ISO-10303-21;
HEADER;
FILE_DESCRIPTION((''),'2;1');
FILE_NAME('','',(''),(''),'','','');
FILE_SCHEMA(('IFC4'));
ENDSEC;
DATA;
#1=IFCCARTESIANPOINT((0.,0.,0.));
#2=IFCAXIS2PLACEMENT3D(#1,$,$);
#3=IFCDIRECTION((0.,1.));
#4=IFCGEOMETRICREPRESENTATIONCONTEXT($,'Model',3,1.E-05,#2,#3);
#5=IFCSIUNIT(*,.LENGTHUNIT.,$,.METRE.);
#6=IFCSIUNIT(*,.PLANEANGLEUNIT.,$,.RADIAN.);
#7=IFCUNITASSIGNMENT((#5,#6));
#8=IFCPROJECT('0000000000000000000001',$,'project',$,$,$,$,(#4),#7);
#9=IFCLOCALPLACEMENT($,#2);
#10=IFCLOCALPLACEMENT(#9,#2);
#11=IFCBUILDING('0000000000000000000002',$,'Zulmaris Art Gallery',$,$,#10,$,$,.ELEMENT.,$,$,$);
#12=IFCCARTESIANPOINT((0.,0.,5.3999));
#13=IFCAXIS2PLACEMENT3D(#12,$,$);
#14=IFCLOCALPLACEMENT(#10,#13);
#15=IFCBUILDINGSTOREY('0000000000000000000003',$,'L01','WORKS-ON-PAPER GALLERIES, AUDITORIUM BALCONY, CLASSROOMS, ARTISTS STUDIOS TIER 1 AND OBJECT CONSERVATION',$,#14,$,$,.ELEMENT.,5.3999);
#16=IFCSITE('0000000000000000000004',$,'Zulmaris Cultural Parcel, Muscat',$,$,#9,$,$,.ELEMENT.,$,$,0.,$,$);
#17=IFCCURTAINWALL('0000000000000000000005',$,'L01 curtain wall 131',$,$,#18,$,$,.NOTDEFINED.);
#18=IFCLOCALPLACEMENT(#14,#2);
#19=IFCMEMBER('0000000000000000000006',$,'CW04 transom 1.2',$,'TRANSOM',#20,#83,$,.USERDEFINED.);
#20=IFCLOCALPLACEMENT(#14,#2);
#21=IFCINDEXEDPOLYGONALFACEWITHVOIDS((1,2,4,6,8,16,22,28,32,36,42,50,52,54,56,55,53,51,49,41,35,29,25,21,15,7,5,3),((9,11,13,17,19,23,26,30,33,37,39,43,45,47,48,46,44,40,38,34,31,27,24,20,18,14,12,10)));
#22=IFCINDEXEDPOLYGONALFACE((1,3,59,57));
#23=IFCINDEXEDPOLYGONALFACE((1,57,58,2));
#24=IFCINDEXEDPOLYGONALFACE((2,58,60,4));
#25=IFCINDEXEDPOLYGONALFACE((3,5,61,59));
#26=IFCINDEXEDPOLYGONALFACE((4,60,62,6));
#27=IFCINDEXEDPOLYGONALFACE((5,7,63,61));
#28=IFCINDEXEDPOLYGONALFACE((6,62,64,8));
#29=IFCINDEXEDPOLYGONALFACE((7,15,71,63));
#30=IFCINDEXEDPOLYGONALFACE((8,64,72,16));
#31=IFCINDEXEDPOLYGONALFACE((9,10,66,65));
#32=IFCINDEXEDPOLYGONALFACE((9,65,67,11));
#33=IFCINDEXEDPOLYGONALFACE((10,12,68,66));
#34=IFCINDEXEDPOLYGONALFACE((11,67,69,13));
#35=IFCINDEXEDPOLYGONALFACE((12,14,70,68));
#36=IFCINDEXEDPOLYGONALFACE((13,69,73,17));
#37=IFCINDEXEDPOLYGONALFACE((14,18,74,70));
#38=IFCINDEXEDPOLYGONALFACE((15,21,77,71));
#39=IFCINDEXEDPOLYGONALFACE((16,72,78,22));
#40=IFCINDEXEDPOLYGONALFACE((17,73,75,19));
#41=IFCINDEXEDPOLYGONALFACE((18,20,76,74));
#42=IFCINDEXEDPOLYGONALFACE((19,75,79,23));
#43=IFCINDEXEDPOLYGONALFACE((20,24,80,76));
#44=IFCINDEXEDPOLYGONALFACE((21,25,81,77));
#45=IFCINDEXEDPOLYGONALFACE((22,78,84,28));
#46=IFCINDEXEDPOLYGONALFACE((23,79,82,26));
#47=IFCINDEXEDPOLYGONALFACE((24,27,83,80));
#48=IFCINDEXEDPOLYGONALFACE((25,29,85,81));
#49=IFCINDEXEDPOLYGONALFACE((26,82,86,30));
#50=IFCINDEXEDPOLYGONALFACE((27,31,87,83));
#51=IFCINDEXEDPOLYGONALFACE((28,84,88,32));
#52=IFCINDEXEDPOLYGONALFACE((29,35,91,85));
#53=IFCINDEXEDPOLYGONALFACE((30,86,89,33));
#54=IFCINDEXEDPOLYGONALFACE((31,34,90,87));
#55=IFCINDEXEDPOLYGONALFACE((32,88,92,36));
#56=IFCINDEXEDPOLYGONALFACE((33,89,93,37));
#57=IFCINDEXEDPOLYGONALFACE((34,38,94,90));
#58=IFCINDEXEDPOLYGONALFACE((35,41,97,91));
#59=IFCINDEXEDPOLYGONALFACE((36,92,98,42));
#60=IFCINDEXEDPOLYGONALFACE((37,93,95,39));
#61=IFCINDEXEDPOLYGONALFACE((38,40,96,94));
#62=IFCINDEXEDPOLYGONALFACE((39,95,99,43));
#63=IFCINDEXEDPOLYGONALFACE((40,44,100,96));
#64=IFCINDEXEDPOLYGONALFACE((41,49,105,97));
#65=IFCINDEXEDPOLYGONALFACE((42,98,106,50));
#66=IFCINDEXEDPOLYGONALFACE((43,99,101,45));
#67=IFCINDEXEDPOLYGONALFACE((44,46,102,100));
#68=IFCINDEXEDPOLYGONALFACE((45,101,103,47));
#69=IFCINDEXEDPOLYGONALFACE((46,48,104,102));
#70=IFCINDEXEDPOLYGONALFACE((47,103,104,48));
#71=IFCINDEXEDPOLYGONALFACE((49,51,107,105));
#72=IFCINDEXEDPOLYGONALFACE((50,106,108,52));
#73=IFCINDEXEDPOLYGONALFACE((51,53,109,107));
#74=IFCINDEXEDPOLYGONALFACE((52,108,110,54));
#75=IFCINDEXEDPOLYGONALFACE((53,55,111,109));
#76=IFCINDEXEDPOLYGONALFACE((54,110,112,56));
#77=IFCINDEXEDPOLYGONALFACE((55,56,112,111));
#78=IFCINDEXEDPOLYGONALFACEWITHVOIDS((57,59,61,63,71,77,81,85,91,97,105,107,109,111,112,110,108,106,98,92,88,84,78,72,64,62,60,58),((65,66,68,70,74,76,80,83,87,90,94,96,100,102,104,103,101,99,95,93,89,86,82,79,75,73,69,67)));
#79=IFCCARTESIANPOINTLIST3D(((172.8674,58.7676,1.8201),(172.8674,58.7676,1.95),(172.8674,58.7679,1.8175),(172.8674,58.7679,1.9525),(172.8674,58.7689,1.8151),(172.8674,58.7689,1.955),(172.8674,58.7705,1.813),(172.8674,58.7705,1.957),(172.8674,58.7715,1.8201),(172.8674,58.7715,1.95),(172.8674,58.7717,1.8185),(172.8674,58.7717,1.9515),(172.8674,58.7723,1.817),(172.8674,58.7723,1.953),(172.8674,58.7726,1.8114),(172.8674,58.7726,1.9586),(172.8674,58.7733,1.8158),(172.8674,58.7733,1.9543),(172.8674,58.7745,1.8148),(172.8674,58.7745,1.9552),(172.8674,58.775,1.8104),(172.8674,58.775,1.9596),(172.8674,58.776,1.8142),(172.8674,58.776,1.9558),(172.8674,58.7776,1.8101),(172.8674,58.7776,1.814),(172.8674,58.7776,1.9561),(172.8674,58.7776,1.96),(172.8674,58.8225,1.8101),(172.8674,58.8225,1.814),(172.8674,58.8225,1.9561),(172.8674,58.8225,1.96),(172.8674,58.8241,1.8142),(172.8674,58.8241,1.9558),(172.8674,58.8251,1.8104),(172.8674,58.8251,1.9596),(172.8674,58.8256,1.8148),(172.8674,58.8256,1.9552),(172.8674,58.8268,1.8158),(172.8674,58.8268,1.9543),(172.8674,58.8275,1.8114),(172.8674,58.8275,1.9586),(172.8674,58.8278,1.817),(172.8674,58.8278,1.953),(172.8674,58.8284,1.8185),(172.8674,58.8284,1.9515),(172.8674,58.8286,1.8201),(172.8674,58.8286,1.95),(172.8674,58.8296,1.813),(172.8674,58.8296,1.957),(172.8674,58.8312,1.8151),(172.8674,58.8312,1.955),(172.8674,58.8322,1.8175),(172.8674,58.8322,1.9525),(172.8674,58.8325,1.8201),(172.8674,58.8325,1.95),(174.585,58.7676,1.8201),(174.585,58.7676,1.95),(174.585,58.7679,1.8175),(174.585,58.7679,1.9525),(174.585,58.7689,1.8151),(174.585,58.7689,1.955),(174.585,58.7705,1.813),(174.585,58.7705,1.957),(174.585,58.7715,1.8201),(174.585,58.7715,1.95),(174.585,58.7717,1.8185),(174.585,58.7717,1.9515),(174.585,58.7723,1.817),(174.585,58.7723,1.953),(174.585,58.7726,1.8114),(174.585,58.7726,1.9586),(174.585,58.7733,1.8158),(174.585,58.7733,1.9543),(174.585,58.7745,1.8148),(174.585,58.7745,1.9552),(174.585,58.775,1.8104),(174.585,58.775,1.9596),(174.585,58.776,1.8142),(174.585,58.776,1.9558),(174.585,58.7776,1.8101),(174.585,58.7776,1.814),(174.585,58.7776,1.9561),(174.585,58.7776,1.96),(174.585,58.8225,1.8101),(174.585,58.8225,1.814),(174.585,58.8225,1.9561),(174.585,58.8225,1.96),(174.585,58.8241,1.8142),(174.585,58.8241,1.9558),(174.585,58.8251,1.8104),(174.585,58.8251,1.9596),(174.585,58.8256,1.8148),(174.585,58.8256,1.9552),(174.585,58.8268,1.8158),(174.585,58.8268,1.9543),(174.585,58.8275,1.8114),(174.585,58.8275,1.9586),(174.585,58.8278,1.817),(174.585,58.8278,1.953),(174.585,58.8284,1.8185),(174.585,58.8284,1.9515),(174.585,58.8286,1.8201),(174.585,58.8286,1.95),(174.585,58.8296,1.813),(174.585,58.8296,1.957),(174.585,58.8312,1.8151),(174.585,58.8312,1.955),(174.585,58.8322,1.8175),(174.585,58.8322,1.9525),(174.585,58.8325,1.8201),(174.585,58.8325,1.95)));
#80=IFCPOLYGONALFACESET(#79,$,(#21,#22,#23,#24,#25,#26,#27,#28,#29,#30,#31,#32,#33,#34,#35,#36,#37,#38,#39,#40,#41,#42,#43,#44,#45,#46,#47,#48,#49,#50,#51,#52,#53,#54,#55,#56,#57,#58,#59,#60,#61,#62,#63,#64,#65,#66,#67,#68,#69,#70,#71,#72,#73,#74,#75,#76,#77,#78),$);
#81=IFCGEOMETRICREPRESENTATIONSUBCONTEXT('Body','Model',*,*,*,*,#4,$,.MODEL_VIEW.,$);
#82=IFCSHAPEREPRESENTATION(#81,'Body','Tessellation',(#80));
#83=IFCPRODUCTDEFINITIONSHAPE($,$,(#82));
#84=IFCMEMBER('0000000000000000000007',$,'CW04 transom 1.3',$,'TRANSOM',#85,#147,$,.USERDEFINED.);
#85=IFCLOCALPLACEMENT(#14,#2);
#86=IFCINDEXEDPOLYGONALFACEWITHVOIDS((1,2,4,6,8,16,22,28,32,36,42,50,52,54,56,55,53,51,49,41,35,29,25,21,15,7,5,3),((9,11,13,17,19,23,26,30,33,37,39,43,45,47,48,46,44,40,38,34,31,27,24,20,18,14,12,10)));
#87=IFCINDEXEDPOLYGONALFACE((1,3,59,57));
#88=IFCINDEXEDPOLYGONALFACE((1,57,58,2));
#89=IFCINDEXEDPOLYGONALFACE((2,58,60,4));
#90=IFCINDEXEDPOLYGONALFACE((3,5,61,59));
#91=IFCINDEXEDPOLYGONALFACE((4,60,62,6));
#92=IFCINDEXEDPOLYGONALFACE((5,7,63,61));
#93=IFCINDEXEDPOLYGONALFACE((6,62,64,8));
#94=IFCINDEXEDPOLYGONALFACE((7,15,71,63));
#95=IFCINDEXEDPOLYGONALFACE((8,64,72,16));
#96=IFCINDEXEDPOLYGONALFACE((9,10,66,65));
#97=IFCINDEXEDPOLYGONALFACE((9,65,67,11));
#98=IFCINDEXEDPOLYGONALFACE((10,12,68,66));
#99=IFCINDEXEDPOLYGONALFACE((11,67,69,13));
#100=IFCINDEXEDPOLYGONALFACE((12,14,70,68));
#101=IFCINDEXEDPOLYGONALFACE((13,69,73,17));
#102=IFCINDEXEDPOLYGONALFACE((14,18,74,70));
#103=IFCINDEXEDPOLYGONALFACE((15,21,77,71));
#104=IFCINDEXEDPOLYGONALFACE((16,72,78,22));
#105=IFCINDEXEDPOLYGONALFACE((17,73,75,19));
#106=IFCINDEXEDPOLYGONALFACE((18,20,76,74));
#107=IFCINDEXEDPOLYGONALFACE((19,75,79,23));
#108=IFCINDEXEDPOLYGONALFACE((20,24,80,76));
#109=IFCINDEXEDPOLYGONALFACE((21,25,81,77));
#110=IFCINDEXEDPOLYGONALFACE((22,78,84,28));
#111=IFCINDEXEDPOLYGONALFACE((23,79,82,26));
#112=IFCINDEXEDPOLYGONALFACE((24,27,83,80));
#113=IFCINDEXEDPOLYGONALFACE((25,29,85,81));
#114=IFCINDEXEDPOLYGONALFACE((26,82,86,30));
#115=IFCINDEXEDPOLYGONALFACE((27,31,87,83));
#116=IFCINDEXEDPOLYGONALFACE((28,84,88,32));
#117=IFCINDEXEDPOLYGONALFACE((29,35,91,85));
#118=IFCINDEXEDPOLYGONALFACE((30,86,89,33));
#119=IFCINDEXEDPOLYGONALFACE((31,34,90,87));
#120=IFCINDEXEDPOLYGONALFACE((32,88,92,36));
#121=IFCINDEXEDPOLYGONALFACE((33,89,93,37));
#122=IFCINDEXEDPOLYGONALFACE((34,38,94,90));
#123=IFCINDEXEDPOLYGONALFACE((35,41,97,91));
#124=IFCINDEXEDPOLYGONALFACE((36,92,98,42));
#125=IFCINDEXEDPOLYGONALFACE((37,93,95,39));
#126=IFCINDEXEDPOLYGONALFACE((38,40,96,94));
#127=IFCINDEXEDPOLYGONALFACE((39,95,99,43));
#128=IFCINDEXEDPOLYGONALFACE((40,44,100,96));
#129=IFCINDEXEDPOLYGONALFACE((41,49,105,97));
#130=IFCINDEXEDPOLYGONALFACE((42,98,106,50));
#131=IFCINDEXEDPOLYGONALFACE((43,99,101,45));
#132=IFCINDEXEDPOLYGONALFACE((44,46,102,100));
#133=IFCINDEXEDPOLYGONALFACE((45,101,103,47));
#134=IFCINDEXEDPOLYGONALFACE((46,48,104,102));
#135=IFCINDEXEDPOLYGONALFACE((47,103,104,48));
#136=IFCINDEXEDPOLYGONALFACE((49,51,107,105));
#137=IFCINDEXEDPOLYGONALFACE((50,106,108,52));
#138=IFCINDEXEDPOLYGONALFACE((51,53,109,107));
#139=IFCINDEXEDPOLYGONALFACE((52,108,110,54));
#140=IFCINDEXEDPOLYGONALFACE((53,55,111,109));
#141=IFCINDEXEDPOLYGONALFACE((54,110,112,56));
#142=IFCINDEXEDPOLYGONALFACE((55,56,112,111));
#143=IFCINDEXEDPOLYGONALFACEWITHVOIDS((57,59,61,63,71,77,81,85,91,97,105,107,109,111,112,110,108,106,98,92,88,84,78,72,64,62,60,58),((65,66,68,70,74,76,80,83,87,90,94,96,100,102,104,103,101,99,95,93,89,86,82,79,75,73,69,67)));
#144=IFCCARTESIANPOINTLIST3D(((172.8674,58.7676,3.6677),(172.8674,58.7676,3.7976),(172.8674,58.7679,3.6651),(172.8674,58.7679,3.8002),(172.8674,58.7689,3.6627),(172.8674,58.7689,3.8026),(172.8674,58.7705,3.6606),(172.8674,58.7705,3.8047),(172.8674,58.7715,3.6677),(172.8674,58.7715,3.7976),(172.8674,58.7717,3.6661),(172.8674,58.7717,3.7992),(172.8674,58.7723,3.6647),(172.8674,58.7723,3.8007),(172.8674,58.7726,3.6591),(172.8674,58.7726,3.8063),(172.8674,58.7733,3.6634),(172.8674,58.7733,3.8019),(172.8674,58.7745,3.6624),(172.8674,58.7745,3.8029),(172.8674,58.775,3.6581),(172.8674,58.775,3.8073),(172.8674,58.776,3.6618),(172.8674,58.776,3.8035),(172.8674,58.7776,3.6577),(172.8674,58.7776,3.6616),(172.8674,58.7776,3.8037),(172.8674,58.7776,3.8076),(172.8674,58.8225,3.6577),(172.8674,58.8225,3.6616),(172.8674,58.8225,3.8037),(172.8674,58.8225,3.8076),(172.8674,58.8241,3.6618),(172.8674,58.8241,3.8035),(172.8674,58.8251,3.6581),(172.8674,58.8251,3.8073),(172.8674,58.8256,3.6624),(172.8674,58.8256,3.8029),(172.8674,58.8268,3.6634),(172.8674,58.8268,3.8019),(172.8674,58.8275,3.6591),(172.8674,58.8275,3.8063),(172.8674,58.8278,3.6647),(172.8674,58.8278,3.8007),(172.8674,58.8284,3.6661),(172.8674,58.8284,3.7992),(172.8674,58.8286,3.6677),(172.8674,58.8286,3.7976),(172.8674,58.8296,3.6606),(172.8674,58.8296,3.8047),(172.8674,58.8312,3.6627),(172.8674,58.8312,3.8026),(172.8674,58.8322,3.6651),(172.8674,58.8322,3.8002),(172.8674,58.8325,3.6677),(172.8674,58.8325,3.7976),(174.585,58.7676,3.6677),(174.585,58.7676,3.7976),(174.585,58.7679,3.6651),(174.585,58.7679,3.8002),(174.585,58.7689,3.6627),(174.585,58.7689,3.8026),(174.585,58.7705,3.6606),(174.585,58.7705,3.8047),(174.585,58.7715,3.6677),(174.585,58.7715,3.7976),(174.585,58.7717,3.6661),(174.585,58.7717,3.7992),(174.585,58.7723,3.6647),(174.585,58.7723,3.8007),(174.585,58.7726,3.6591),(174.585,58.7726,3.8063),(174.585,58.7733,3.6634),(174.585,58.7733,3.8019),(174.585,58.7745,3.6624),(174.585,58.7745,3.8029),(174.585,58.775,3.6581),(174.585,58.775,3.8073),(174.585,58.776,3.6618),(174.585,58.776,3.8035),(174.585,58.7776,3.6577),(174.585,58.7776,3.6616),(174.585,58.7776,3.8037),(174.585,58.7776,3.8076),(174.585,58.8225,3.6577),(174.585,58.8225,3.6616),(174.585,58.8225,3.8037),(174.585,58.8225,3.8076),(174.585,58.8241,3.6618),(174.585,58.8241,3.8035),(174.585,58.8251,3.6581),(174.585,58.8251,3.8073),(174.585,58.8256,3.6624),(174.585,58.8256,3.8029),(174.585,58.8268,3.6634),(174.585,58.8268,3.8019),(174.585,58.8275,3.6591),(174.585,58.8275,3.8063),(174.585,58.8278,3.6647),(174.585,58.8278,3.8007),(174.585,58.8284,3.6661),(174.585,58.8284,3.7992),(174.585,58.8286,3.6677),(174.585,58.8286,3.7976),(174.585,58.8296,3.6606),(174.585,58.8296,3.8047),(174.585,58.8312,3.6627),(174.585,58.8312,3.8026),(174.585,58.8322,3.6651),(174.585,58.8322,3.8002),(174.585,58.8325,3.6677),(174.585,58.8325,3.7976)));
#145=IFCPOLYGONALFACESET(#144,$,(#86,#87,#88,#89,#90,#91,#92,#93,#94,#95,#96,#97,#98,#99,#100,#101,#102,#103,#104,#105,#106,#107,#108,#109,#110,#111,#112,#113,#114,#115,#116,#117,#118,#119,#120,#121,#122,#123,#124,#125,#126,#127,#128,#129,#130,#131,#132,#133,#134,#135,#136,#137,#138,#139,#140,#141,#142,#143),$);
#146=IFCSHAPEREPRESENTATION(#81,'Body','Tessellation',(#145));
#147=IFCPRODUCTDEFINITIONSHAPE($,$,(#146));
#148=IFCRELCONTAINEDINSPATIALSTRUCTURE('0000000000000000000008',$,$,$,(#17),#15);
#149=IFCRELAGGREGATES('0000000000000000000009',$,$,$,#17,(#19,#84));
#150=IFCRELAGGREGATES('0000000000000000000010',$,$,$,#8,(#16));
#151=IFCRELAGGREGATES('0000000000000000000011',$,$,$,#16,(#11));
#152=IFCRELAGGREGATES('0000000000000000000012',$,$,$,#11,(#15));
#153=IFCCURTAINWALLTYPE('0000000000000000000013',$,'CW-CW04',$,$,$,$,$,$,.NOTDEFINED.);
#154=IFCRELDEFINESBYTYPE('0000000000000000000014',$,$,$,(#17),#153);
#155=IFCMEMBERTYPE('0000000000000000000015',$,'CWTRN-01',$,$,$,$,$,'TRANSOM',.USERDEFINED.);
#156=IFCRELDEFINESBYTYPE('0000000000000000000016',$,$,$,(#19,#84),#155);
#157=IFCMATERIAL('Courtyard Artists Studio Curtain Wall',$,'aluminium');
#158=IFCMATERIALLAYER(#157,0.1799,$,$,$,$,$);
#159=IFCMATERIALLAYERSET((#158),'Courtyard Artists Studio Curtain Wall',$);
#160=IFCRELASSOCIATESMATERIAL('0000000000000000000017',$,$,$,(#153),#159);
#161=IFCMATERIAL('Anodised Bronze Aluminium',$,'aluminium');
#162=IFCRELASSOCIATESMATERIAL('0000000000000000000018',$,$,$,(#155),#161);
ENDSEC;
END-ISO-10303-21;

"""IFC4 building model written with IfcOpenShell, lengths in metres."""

from ifc_helpers import new_model, si_unit, direction, frame, origin, origin_2d, place, context, subcontext, project, spatial, hollow_rectangle, extrude, material, layer, layer_set, material_profile, profile_set, type_object, element, aggregate, save


model = new_model("IFC4")

# Units and contexts
model_context = context("Model", 3, precision=1e-05, world=origin(), true_north=direction((0.0, 1.0)))
body_context = subcontext(model_context, "Body", "Model", "MODEL_VIEW")
ifc_project = project(units=[si_unit("LENGTHUNIT", "METRE"), si_unit("PLANEANGLEUNIT", "RADIAN")], contexts=[model_context])

# Site, building, storey
site_placement = place(None, origin())
site = spatial("IfcSite", under=ifc_project, at=site_placement, Name="Zulmaris Cultural Parcel, Muscat", CompositionType="ELEMENT", RefElevation=0.0)
building_placement = place(site_placement, origin())
building = spatial("IfcBuilding", under=site, at=building_placement, Name="Zulmaris Art Gallery", CompositionType="ELEMENT")
storey_placement = place(building_placement, frame((0.0, 0.0, 5.3999)))
storey = spatial("IfcBuildingStorey", under=building, at=storey_placement, Name="L01", Description="WORKS-ON-PAPER GALLERIES, AUDITORIUM BALCONY, CLASSROOMS, ARTISTS STUDIOS TIER 1 AND OBJECT CONSERVATION", CompositionType="ELEMENT", Elevation=5.3999)

# Curtain wall
ifc_material_1 = material(Name="Courtyard Artists Studio Curtain Wall", Category="aluminium")
ifc_layer_1 = layer(ifc_material_1, 0.1799)
ifc_layer_set_1 = layer_set([ifc_layer_1], Name="Courtyard Artists Studio Curtain Wall")
curtain_wall_type = type_object("IfcCurtainWallType", Name="CW-CW04", PredefinedType="NOTDEFINED", material=ifc_layer_set_1)
curtain_wall_1_placement = place(storey_placement, origin())
curtain_wall_1 = element("IfcCurtainWall", 1, at=curtain_wall_1_placement, inside=storey, type_object=curtain_wall_type, Name="L01 curtain wall 131", PredefinedType="NOTDEFINED")
ifc_material_2 = material(Name="Anodised Bronze Aluminium", Category="aluminium")

# Members
ifc_material_profile_1 = material_profile(ifc_material_2, hollow_rectangle(XDim=0.0649, YDim=0.1499, WallThickness=0.0039, InnerFilletRadius=0.0061, OuterFilletRadius=0.01, at=origin_2d()), Name="ALU 65x150x4")
ifc_profile_set_1 = profile_set([ifc_material_profile_1], Name="Anodised Bronze Aluminium")
member_type_1 = type_object("IfcMemberType", Name="CWTRN-01", ElementType="TRANSOM", PredefinedType="USERDEFINED", material=ifc_profile_set_1)
member_1_placement = place(storey_placement, frame((174.585, 58.8, 1.885), z_axis=(-1.0, 0.0, 0.0), x_axis=(0.0, -1.0, 0.0)))
member_1 = element("IfcMember", 2, at=member_1_placement, type_object=member_type_1, Name="CW04 transom 1.2", ObjectType="TRANSOM", PredefinedType="USERDEFINED", context=body_context, shape_type="SweptSolid", body=[
    extrude(hollow_rectangle(XDim=0.0649, YDim=0.1499, WallThickness=0.0039, InnerFilletRadius=0.0061, OuterFilletRadius=0.01, at=origin_2d()), origin(), (0.0, 0.0, 1.0), 1.7175),
])
member_2_placement = place(storey_placement, frame((174.585, 58.8, 3.7327), z_axis=(-1.0, 0.0, 0.0), x_axis=(0.0, -1.0, 0.0)))
member_2 = element("IfcMember", 3, at=member_2_placement, type_object=member_type_1, Name="CW04 transom 1.3", ObjectType="TRANSOM", PredefinedType="USERDEFINED", context=body_context, shape_type="SweptSolid", body=[
    extrude(hollow_rectangle(XDim=0.0649, YDim=0.1499, WallThickness=0.0039, InnerFilletRadius=0.0061, OuterFilletRadius=0.01, at=origin_2d()), origin(), (0.0, 0.0, 1.0), 1.7175),
])
aggregate(curtain_wall_1, [member_1, member_2])

save(model, "model.ifc")
